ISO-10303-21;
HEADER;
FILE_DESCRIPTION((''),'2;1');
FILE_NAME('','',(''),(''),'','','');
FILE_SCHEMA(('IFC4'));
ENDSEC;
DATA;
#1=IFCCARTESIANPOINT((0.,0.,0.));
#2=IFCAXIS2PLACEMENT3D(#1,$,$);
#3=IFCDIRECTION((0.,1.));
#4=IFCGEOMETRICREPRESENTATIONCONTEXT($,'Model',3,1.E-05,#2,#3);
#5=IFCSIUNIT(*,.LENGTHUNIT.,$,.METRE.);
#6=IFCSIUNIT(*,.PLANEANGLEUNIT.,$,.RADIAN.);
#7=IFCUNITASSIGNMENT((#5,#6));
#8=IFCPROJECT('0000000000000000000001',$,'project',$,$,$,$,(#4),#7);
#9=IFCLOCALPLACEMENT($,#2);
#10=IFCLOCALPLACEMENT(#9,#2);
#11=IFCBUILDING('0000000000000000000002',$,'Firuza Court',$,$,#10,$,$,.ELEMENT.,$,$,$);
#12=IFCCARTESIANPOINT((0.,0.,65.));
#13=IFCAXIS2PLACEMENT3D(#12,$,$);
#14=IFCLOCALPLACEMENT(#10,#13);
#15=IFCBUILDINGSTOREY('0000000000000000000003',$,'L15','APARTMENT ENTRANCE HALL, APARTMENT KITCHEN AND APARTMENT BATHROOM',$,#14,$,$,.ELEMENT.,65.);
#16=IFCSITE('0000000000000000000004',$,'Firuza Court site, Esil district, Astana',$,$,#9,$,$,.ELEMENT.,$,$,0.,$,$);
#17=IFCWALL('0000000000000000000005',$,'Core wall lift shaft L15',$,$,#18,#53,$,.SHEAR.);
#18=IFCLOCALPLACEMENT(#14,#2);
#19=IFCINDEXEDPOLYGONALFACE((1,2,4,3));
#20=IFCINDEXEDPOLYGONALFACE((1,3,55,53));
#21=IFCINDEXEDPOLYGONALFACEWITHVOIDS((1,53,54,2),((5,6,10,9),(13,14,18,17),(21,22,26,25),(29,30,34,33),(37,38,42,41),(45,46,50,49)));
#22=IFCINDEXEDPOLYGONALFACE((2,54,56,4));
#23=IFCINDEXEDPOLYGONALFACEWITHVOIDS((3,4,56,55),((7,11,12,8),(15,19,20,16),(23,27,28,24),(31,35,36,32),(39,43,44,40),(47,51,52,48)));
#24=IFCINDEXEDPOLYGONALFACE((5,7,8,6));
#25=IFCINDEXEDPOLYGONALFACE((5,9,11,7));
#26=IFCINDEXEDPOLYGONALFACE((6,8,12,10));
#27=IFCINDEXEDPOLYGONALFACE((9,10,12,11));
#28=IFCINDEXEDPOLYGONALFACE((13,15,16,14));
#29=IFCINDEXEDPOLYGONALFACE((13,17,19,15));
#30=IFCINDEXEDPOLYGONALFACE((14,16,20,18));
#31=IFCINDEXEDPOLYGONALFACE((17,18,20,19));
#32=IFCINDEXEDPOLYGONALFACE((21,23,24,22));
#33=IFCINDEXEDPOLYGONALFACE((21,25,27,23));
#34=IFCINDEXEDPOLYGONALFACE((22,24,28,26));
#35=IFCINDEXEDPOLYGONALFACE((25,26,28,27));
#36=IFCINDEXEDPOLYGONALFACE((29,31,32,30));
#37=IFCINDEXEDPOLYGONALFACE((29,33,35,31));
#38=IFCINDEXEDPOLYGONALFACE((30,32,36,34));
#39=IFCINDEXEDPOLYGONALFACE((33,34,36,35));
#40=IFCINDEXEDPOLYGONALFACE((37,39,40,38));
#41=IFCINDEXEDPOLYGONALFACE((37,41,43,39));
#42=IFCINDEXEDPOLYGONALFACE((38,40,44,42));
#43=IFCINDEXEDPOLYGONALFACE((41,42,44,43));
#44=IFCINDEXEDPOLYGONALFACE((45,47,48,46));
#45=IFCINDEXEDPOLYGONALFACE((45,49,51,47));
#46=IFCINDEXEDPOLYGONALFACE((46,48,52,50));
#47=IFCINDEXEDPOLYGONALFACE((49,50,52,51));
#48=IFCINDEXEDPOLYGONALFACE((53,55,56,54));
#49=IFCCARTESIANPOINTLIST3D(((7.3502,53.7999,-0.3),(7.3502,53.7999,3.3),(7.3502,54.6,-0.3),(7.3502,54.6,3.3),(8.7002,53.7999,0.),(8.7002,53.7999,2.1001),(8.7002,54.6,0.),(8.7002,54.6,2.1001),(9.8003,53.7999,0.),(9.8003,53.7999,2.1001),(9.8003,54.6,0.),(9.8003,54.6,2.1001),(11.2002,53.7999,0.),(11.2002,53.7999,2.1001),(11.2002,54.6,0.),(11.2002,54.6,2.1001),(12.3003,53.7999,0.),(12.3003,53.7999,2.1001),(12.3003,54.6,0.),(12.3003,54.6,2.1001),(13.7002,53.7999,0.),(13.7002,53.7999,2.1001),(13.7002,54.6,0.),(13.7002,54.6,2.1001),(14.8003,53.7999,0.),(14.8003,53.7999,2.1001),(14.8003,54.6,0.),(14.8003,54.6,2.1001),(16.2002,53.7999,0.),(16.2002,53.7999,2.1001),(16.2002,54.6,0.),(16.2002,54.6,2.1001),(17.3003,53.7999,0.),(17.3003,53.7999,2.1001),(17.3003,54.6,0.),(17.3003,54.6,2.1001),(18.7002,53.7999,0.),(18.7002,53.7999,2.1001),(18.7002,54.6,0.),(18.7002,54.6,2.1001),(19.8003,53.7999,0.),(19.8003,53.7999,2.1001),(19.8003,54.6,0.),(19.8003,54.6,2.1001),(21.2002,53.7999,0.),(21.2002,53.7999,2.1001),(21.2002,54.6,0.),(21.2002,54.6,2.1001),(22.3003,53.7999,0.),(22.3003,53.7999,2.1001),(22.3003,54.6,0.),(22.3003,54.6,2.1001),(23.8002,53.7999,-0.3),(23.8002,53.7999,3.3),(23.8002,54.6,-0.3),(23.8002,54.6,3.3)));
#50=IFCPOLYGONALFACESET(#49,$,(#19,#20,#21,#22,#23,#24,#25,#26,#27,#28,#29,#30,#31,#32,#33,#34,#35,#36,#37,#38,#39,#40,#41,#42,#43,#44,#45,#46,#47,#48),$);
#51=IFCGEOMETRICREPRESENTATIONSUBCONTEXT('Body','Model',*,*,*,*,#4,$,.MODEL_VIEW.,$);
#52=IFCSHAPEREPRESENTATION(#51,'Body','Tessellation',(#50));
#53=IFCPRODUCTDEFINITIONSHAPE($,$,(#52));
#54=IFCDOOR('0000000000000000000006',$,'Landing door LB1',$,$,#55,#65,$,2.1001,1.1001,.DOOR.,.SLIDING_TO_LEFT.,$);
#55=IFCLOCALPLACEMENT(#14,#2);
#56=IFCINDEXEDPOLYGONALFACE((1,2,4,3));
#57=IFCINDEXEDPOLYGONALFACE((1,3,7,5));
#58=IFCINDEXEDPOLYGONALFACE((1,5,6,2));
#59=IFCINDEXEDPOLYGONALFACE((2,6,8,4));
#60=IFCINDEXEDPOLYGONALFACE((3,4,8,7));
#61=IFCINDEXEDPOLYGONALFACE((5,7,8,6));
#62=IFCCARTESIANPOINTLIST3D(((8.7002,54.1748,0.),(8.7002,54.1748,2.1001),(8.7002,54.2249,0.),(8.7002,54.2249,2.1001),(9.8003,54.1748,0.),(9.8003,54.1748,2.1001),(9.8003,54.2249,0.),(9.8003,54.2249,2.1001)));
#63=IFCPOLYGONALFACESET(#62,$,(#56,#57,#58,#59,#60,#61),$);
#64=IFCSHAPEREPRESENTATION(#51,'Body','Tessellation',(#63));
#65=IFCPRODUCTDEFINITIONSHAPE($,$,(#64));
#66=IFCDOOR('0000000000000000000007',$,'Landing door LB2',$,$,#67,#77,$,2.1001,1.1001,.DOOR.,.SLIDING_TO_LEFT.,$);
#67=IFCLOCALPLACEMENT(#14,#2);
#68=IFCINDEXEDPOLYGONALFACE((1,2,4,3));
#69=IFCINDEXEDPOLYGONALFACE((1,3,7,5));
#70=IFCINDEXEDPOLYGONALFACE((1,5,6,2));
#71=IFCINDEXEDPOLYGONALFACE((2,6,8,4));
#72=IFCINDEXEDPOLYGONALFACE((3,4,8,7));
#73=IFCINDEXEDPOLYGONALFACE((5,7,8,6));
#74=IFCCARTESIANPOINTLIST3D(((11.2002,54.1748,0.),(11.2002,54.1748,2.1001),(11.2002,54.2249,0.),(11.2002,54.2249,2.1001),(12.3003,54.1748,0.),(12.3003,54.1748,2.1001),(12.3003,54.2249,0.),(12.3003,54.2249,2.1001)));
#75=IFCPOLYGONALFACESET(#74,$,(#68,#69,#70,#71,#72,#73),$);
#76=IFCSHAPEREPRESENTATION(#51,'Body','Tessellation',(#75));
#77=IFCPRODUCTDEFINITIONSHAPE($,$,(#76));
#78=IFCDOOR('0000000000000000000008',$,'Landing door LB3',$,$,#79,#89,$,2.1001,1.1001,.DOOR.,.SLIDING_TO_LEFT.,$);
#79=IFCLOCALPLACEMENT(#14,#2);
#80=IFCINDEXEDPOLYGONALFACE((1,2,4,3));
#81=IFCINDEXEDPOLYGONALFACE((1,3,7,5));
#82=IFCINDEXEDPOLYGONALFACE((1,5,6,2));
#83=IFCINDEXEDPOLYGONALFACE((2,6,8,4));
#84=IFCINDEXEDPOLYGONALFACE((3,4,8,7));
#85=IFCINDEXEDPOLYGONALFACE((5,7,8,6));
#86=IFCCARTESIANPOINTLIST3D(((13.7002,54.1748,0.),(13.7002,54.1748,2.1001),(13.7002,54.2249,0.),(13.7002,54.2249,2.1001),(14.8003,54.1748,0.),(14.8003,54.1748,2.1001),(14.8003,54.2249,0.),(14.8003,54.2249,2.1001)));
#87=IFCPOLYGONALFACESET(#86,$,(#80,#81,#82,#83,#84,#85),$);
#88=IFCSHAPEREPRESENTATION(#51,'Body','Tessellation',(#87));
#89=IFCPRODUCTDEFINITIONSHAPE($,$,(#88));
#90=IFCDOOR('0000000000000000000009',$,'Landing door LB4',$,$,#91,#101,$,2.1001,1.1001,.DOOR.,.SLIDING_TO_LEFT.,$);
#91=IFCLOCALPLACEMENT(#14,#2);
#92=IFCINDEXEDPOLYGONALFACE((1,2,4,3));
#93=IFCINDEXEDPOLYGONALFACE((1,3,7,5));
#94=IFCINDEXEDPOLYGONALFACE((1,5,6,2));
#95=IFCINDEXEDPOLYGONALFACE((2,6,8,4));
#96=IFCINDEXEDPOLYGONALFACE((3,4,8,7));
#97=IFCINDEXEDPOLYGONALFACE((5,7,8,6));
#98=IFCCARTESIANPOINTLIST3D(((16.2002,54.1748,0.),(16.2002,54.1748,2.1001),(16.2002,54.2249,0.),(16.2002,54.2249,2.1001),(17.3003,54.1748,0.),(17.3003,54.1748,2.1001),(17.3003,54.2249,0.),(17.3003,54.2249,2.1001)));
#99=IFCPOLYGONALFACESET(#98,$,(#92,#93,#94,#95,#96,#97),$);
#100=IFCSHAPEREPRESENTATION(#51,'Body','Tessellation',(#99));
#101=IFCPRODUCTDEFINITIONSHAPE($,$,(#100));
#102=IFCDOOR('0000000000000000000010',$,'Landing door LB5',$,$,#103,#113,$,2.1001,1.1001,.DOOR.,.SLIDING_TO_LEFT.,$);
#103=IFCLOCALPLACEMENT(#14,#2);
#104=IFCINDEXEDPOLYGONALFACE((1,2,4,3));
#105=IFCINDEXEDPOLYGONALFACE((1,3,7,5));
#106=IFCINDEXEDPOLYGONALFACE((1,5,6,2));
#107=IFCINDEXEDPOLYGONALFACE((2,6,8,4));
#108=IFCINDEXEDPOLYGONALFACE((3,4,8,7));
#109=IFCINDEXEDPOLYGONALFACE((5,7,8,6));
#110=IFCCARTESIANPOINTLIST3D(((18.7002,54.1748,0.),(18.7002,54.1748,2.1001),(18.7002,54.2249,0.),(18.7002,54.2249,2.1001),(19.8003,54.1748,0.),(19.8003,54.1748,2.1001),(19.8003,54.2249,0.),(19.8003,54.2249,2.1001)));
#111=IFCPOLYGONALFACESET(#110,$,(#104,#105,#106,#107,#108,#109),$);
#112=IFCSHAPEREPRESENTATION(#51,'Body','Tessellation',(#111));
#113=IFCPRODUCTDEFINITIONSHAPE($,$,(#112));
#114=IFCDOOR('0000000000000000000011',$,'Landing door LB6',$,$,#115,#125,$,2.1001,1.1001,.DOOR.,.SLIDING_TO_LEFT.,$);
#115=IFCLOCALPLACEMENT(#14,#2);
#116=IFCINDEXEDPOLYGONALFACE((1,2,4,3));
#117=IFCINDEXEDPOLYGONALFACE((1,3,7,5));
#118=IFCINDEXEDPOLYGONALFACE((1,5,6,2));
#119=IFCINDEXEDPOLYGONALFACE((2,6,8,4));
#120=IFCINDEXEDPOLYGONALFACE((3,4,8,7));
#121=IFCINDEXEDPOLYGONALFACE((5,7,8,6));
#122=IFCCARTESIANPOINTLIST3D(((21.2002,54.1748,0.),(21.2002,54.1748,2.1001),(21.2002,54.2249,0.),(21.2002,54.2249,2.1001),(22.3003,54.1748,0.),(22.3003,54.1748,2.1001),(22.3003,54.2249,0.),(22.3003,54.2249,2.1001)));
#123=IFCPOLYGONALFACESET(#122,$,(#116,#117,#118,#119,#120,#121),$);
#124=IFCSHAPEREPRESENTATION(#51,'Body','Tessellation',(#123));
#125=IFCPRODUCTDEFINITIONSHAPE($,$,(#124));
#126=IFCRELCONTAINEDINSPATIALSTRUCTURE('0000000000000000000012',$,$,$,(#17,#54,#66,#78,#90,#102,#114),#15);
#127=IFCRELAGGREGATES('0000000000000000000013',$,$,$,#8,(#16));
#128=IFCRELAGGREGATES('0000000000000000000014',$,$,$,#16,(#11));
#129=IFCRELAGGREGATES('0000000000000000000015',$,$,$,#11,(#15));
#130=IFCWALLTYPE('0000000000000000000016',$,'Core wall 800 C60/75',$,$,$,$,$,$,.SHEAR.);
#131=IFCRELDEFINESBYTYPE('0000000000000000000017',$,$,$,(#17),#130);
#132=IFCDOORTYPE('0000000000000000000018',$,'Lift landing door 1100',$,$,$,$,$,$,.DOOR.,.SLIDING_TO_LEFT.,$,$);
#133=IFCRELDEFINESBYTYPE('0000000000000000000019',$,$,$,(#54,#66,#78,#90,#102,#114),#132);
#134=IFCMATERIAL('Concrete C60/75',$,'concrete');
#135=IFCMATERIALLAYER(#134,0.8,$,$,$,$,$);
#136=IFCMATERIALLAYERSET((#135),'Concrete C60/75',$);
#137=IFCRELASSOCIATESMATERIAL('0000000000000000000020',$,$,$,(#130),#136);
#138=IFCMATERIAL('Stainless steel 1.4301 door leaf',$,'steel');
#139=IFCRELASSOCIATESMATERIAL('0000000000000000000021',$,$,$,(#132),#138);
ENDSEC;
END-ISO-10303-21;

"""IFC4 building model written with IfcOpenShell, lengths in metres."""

from ifc_helpers import new_model, si_unit, direction, frame, frame_2d, origin, place, context, subcontext, project, spatial, rectangle, extrude, material, layer, layer_set, type_object, element, fill, save


model = new_model("IFC4")

# Units and contexts
model_context = context("Model", 3, precision=1e-05, world=origin(), true_north=direction((0.0, 1.0)))
body_context = subcontext(model_context, "Body", "Model", "MODEL_VIEW")
ifc_project = project(units=[si_unit("LENGTHUNIT", "METRE"), si_unit("PLANEANGLEUNIT", "RADIAN")], contexts=[model_context])

# Site, building, storey
site_placement = place(None, origin())
site = spatial("IfcSite", under=ifc_project, at=site_placement, Name="Firuza Court site, Esil district, Astana", CompositionType="ELEMENT", RefElevation=0.0)
building_placement = place(site_placement, origin())
building = spatial("IfcBuilding", under=site, at=building_placement, Name="Firuza Court", CompositionType="ELEMENT")
storey_placement = place(building_placement, frame((0.0, 0.0, 65.0)))
storey = spatial("IfcBuildingStorey", under=building, at=storey_placement, Name="L15", Description="APARTMENT ENTRANCE HALL, APARTMENT KITCHEN AND APARTMENT BATHROOM", CompositionType="ELEMENT", Elevation=65.0)

# Shared definitions
ifc_material_1 = material(Name="Concrete C60/75", Category="concrete")

# Wall, openings, doors
ifc_layer_1 = layer(ifc_material_1, 0.8)
ifc_layer_set_1 = layer_set([ifc_layer_1], Name="Concrete C60/75")
wall_type_1 = type_object("IfcWallType", Name="Core wall 800 C60/75", PredefinedType="SHEAR", material=ifc_layer_set_1)
wall_1_placement = place(storey_placement, frame((7.3501, 54.2, -0.3), z_axis=(0.0, 0.0, 1.0), x_axis=(1.0, 0.0, 0.0)))
wall_1 = element("IfcWall", 1, at=wall_1_placement, inside=storey, type_object=wall_type_1, Name="Core wall lift shaft L15", PredefinedType="SHEAR", context=body_context, shape_type="SweptSolid", body=[
    extrude(rectangle(XDim=16.45, YDim=0.8, at=frame_2d((8.2251, 0.0))), origin(), (0.0, 0.0, 1.0), 3.6001),
])
opening_1_placement = place(wall_1_placement, frame((1.3501, 0.0, 0.3)))
opening_1 = element("IfcOpeningElement", 2, at=opening_1_placement, cuts=wall_1, PredefinedType="OPENING", context=body_context, shape_type="SweptSolid", body=[
    extrude(rectangle(XDim=1.1001, YDim=2.1001, at=frame_2d((0.55, 1.05))), frame((0.0, 0.4121, 0.0), z_axis=(0.0, -1.0, 0.0), x_axis=(1.0, 0.0, 0.0)), (0.0, 0.0, 1.0), 0.824),
])
opening_2_placement = place(wall_1_placement, frame((3.8501, 0.0, 0.3)))
opening_2 = element("IfcOpeningElement", 3, at=opening_2_placement, cuts=wall_1, PredefinedType="OPENING", context=body_context, shape_type="SweptSolid", body=[
    extrude(rectangle(XDim=1.1001, YDim=2.1001, at=frame_2d((0.55, 1.05))), frame((0.0, 0.4121, 0.0), z_axis=(0.0, -1.0, 0.0), x_axis=(1.0, 0.0, 0.0)), (0.0, 0.0, 1.0), 0.824),
])
opening_3_placement = place(wall_1_placement, frame((6.3501, 0.0, 0.3)))
opening_3 = element("IfcOpeningElement", 4, at=opening_3_placement, cuts=wall_1, PredefinedType="OPENING", context=body_context, shape_type="SweptSolid", body=[
    extrude(rectangle(XDim=1.1001, YDim=2.1001, at=frame_2d((0.55, 1.05))), frame((0.0, 0.4121, 0.0), z_axis=(0.0, -1.0, 0.0), x_axis=(1.0, 0.0, 0.0)), (0.0, 0.0, 1.0), 0.824),
])
opening_4_placement = place(wall_1_placement, frame((8.8501, 0.0, 0.3)))
opening_4 = element("IfcOpeningElement", 5, at=opening_4_placement, cuts=wall_1, PredefinedType="OPENING", context=body_context, shape_type="SweptSolid", body=[
    extrude(rectangle(XDim=1.1001, YDim=2.1001, at=frame_2d((0.55, 1.05))), frame((0.0, 0.4121, 0.0), z_axis=(0.0, -1.0, 0.0), x_axis=(1.0, 0.0, 0.0)), (0.0, 0.0, 1.0), 0.824),
])
opening_5_placement = place(wall_1_placement, frame((11.3501, 0.0, 0.3)))
opening_5 = element("IfcOpeningElement", 6, at=opening_5_placement, cuts=wall_1, PredefinedType="OPENING", context=body_context, shape_type="SweptSolid", body=[
    extrude(rectangle(XDim=1.1001, YDim=2.1001, at=frame_2d((0.55, 1.05))), frame((0.0, 0.4121, 0.0), z_axis=(0.0, -1.0, 0.0), x_axis=(1.0, 0.0, 0.0)), (0.0, 0.0, 1.0), 0.824),
])
opening_6_placement = place(wall_1_placement, frame((13.8501, 0.0, 0.3)))
opening_6 = element("IfcOpeningElement", 7, at=opening_6_placement, cuts=wall_1, PredefinedType="OPENING", context=body_context, shape_type="SweptSolid", body=[
    extrude(rectangle(XDim=1.1001, YDim=2.1001, at=frame_2d((0.55, 1.05))), frame((0.0, 0.4121, 0.0), z_axis=(0.0, -1.0, 0.0), x_axis=(1.0, 0.0, 0.0)), (0.0, 0.0, 1.0), 0.824),
])
ifc_material_2 = material(Name="Stainless steel 1.4301 door leaf", Category="steel")
door_type = type_object("IfcDoorType", Name="Lift landing door 1100", OperationType="SLIDING_TO_LEFT", PredefinedType="DOOR", material=ifc_material_2)
door_1_placement = place(opening_1_placement, origin())
door_1 = element("IfcDoor", 8, at=door_1_placement, inside=storey, type_object=door_type, Name="Landing door LB1", OperationType="SLIDING_TO_LEFT", OverallHeight=2.1001, OverallWidth=1.1001, PredefinedType="DOOR", context=body_context, shape_type="SweptSolid", body=[
    extrude(rectangle(XDim=1.1001, YDim=2.1001, at=frame_2d((0.55, 1.05))), frame((0.0, 0.0249, 0.0), z_axis=(0.0, -1.0, 0.0), x_axis=(1.0, 0.0, 0.0)), (0.0, 0.0, 1.0), 0.05),
])
fill(opening_1, door_1)
door_2_placement = place(opening_2_placement, origin())
door_2 = element("IfcDoor", 9, at=door_2_placement, inside=storey, type_object=door_type, Name="Landing door LB2", OperationType="SLIDING_TO_LEFT", OverallHeight=2.1001, OverallWidth=1.1001, PredefinedType="DOOR", context=body_context, shape_type="SweptSolid", body=[
    extrude(rectangle(XDim=1.1001, YDim=2.1001, at=frame_2d((0.55, 1.05))), frame((0.0, 0.0249, 0.0), z_axis=(0.0, -1.0, 0.0), x_axis=(1.0, 0.0, 0.0)), (0.0, 0.0, 1.0), 0.05),
])
fill(opening_2, door_2)
door_3_placement = place(opening_3_placement, origin())
door_3 = element("IfcDoor", 10, at=door_3_placement, inside=storey, type_object=door_type, Name="Landing door LB3", OperationType="SLIDING_TO_LEFT", OverallHeight=2.1001, OverallWidth=1.1001, PredefinedType="DOOR", context=body_context, shape_type="SweptSolid", body=[
    extrude(rectangle(XDim=1.1001, YDim=2.1001, at=frame_2d((0.55, 1.05))), frame((0.0, 0.0249, 0.0), z_axis=(0.0, -1.0, 0.0), x_axis=(1.0, 0.0, 0.0)), (0.0, 0.0, 1.0), 0.05),
])
fill(opening_3, door_3)
door_4_placement = place(opening_4_placement, origin())
door_4 = element("IfcDoor", 11, at=door_4_placement, inside=storey, type_object=door_type, Name="Landing door LB4", OperationType="SLIDING_TO_LEFT", OverallHeight=2.1001, OverallWidth=1.1001, PredefinedType="DOOR", context=body_context, shape_type="SweptSolid", body=[
    extrude(rectangle(XDim=1.1001, YDim=2.1001, at=frame_2d((0.55, 1.05))), frame((0.0, 0.0249, 0.0), z_axis=(0.0, -1.0, 0.0), x_axis=(1.0, 0.0, 0.0)), (0.0, 0.0, 1.0), 0.05),
])
fill(opening_4, door_4)
door_5_placement = place(opening_5_placement, origin())
door_5 = element("IfcDoor", 12, at=door_5_placement, inside=storey, type_object=door_type, Name="Landing door LB5", OperationType="SLIDING_TO_LEFT", OverallHeight=2.1001, OverallWidth=1.1001, PredefinedType="DOOR", context=body_context, shape_type="SweptSolid", body=[
    extrude(rectangle(XDim=1.1001, YDim=2.1001, at=frame_2d((0.55, 1.05))), frame((0.0, 0.0249, 0.0), z_axis=(0.0, -1.0, 0.0), x_axis=(1.0, 0.0, 0.0)), (0.0, 0.0, 1.0), 0.05),
])
fill(opening_5, door_5)
door_6_placement = place(opening_6_placement, origin())
door_6 = element("IfcDoor", 13, at=door_6_placement, inside=storey, type_object=door_type, Name="Landing door LB6", OperationType="SLIDING_TO_LEFT", OverallHeight=2.1001, OverallWidth=1.1001, PredefinedType="DOOR", context=body_context, shape_type="SweptSolid", body=[
    extrude(rectangle(XDim=1.1001, YDim=2.1001, at=frame_2d((0.55, 1.05))), frame((0.0, 0.0249, 0.0), z_axis=(0.0, -1.0, 0.0), x_axis=(1.0, 0.0, 0.0)), (0.0, 0.0, 1.0), 0.05),
])
fill(opening_6, door_6)

save(model, "model.ifc")
